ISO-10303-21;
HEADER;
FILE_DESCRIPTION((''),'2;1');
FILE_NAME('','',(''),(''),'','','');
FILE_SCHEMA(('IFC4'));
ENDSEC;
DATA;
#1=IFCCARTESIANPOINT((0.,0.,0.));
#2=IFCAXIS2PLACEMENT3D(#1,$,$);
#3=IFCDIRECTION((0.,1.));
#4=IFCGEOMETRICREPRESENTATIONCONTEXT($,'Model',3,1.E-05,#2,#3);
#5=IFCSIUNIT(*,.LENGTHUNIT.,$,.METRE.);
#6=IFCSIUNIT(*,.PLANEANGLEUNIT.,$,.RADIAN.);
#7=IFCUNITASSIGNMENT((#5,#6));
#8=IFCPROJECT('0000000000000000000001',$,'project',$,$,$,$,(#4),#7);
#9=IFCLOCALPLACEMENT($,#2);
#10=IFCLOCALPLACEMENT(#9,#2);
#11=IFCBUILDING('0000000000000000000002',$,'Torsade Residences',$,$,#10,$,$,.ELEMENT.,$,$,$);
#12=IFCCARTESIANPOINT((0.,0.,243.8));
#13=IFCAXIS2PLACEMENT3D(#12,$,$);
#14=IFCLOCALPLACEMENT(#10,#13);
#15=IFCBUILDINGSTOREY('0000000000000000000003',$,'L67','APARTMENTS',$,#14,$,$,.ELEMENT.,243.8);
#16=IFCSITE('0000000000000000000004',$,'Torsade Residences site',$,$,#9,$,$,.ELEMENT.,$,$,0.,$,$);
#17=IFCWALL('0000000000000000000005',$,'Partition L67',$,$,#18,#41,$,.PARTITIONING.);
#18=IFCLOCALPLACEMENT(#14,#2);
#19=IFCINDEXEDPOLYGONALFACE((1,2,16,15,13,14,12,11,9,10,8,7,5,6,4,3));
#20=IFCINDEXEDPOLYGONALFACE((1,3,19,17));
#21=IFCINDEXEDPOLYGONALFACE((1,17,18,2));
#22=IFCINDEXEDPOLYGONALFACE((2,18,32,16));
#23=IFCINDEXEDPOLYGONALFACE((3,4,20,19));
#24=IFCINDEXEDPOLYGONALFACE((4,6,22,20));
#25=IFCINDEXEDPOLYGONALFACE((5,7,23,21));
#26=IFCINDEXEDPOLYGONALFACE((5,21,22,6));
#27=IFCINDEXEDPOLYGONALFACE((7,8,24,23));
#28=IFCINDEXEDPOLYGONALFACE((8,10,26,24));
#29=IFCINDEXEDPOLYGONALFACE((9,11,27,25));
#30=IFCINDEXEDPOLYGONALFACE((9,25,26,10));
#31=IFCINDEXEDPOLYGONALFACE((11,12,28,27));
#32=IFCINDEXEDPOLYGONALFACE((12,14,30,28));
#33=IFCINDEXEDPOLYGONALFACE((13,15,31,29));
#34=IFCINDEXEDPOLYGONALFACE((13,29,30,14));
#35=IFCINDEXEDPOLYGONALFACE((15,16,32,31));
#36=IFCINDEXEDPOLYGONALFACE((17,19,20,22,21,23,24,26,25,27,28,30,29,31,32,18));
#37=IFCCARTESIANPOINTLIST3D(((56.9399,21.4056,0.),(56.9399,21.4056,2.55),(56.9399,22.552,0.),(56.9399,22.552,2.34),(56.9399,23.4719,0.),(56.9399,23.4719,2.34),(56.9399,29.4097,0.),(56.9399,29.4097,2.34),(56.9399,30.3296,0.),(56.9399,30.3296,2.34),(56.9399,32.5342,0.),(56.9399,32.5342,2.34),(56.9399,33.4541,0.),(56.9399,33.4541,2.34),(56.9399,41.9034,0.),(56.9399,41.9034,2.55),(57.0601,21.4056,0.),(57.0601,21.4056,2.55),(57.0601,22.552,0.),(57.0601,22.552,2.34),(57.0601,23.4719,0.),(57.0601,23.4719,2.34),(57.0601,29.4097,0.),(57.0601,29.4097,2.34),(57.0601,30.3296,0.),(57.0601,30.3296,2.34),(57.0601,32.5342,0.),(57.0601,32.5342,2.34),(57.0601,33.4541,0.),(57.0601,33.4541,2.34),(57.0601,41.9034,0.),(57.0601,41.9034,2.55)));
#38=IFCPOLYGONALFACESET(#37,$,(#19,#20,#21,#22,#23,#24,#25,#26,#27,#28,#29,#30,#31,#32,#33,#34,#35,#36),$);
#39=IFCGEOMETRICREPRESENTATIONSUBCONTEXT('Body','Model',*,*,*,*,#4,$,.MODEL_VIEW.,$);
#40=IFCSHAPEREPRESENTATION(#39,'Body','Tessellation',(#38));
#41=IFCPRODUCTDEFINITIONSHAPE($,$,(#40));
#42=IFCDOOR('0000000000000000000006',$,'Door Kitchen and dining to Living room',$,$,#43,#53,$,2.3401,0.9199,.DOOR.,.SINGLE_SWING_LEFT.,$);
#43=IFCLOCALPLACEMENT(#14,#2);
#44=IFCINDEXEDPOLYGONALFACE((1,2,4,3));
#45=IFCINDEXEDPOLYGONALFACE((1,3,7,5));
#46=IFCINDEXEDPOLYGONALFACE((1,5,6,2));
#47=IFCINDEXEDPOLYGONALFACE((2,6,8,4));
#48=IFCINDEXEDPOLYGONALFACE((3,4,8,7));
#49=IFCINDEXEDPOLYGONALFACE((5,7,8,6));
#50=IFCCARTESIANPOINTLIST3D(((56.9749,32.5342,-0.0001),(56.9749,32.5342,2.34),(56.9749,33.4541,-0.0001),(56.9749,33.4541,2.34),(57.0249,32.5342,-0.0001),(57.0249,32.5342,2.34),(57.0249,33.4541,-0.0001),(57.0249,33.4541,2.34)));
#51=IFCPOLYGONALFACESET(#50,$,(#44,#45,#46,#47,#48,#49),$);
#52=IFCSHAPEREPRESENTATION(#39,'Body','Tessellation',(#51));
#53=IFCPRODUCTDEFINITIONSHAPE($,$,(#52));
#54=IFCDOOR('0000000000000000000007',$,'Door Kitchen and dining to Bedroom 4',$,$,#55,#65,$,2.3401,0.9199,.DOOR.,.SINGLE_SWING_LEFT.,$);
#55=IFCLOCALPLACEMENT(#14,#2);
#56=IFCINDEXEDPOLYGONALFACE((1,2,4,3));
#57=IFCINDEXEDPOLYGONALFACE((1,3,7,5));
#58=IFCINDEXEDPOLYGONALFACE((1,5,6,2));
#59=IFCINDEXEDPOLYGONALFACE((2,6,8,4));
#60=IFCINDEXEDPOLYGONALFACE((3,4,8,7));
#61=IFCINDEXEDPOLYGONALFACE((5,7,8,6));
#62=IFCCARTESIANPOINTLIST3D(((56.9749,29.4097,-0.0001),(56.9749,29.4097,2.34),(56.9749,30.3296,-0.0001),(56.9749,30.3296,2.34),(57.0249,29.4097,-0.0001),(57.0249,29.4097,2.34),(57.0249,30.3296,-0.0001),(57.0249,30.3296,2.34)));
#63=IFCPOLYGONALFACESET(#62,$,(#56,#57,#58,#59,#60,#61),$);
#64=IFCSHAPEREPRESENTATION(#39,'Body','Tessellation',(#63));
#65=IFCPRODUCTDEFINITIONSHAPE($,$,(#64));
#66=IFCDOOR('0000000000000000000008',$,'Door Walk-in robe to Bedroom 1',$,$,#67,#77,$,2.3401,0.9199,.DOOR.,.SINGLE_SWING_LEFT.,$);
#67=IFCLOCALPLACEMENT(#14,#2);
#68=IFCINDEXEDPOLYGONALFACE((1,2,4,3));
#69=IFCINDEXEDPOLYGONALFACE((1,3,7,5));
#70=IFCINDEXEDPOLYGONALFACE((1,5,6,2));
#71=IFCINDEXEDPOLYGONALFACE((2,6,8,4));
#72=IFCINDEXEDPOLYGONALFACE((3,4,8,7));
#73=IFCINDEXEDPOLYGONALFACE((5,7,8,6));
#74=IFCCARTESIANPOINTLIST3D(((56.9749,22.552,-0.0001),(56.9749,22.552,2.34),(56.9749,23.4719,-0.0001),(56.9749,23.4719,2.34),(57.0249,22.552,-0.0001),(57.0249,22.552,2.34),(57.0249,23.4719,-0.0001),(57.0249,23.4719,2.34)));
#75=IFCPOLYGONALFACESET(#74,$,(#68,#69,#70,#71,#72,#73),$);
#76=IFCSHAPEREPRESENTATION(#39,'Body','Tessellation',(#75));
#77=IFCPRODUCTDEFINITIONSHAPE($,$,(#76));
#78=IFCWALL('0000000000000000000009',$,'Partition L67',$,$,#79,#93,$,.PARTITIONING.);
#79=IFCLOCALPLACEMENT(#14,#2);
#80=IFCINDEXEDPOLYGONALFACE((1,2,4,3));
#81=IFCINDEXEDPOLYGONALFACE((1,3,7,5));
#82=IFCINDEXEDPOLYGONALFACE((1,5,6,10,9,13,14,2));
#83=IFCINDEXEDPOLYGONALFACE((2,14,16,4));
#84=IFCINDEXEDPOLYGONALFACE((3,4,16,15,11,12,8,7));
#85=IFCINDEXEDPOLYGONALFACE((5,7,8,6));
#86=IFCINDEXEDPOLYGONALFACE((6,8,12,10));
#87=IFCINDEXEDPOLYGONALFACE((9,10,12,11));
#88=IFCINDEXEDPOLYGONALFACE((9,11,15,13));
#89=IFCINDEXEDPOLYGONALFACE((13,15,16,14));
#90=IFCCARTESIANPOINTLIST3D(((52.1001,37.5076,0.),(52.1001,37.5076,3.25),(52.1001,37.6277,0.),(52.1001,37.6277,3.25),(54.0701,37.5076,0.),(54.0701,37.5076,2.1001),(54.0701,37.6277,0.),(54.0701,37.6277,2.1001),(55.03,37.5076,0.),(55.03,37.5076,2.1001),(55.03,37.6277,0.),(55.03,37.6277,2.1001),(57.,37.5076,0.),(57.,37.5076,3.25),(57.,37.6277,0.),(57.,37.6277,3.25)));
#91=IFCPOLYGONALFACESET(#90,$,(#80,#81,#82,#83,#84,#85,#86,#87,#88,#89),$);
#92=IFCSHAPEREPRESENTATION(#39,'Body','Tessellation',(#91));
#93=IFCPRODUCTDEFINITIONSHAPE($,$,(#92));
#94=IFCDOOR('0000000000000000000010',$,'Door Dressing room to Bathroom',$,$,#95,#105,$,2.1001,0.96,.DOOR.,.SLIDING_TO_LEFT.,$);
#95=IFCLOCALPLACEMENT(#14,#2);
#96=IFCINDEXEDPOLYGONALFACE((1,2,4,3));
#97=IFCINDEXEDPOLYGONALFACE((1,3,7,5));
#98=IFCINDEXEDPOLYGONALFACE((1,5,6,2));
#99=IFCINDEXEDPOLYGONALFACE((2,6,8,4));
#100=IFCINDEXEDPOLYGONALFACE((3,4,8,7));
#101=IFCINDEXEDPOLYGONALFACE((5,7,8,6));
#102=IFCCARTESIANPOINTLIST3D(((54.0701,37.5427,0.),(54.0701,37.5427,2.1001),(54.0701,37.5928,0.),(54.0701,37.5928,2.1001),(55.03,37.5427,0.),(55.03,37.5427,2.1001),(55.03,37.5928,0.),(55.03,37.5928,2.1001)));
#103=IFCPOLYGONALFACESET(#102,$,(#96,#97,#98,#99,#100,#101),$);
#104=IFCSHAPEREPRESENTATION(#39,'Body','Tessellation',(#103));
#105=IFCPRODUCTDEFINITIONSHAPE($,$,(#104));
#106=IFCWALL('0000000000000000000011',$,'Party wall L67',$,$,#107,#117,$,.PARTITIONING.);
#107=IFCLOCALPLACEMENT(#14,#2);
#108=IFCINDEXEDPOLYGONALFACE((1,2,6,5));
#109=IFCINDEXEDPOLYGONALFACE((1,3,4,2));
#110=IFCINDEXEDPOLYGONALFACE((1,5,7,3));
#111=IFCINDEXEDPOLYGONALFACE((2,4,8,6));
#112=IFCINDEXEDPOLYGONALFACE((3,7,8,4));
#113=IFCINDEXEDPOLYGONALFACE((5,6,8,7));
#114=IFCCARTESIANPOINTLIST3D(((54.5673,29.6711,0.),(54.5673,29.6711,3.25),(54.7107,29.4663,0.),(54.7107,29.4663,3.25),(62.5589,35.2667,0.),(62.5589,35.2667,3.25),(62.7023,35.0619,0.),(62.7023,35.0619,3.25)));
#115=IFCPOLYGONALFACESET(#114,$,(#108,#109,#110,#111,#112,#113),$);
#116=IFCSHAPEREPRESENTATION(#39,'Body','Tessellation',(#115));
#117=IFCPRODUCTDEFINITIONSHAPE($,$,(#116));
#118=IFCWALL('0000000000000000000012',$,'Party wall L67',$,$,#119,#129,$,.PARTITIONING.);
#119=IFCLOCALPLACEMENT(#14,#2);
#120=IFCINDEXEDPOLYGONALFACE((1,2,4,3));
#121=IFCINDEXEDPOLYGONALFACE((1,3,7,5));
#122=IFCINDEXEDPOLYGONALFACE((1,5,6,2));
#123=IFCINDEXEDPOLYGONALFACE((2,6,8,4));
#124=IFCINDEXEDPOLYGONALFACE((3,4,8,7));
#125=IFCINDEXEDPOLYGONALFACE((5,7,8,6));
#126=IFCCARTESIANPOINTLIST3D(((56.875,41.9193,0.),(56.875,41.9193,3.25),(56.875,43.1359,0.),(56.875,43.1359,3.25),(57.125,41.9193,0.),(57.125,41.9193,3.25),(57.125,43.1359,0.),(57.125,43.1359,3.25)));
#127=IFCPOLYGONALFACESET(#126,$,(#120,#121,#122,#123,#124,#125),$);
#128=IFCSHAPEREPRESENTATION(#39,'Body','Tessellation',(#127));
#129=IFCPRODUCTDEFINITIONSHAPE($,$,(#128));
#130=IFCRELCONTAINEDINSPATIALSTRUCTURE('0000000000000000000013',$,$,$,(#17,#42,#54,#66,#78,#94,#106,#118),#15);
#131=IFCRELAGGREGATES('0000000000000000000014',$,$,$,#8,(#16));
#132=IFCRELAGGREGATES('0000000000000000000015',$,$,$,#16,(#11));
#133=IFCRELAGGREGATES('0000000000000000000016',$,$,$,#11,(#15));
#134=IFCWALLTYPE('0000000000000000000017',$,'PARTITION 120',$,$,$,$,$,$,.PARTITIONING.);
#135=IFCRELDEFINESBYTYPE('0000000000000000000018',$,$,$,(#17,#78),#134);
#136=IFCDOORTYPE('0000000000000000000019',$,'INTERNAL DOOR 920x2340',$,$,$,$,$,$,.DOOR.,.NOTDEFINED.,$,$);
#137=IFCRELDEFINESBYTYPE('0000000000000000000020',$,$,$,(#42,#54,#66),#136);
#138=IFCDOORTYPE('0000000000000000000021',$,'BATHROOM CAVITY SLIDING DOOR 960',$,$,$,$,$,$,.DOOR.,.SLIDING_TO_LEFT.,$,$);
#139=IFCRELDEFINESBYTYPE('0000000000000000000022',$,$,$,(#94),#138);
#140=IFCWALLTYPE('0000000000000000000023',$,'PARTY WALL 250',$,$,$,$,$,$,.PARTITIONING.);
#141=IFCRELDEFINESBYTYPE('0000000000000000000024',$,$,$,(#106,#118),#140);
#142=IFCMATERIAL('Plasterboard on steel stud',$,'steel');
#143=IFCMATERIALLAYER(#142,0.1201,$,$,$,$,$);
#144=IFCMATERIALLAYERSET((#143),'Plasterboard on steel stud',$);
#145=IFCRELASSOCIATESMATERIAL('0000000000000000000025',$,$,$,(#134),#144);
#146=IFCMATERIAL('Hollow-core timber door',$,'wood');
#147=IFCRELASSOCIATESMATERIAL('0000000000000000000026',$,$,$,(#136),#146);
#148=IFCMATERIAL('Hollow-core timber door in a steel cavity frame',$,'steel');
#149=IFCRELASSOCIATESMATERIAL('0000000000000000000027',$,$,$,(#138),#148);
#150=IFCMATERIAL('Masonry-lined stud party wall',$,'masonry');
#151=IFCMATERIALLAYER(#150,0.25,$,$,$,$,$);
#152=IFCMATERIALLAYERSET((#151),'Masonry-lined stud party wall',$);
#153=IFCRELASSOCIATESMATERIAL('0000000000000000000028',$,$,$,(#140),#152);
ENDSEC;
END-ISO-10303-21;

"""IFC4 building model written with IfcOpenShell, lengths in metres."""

from ifc_helpers import new_model, si_unit, direction, frame, frame_2d, origin, place, context, subcontext, project, spatial, rectangle, extrude, material, layer, layer_set, type_object, element, fill, save


model = new_model("IFC4")

# Units and contexts
model_context = context("Model", 3, precision=1e-05, world=origin(), true_north=direction((0.0, 1.0)))
body_context = subcontext(model_context, "Body", "Model", "MODEL_VIEW")
ifc_project = project(units=[si_unit("LENGTHUNIT", "METRE"), si_unit("PLANEANGLEUNIT", "RADIAN")], contexts=[model_context])

# Site, building, storey
site_placement = place(None, origin())
site = spatial("IfcSite", under=ifc_project, at=site_placement, Name="Torsade Residences site", CompositionType="ELEMENT", RefElevation=0.0)
building_placement = place(site_placement, origin())
building = spatial("IfcBuilding", under=site, at=building_placement, Name="Torsade Residences", CompositionType="ELEMENT")
storey_placement = place(building_placement, frame((0.0, 0.0, 243.8)))
storey = spatial("IfcBuildingStorey", under=building, at=storey_placement, Name="L67", Description="APARTMENTS", CompositionType="ELEMENT", Elevation=243.8)

# Wall, openings, doors
ifc_material_1 = material(Name="Plasterboard on steel stud", Category="steel")
ifc_layer_1 = layer(ifc_material_1, 0.1201)
ifc_layer_set_1 = layer_set([ifc_layer_1], Name="Plasterboard on steel stud")
wall_type_1 = type_object("IfcWallType", Name="PARTITION 120", PredefinedType="PARTITIONING", material=ifc_layer_set_1)
wall_1_placement = place(storey_placement, frame((57.0, 41.9036, 0.0), z_axis=(0.0, 0.0, 1.0), x_axis=(0.0, -1.0, 0.0)))
wall_1 = element("IfcWall", 1, at=wall_1_placement, inside=storey, type_object=wall_type_1, Name="Partition L67", PredefinedType="PARTITIONING", context=body_context, shape_type="SweptSolid", body=[
    extrude(rectangle(XDim=20.4978, YDim=0.1201, at=frame_2d((10.249, 0.0))), origin(), (0.0, 0.0, 1.0), 2.55),
])
opening_1_placement = place(wall_1_placement, frame((8.4495, 0.0, 0.0)))
opening_1 = element("IfcOpeningElement", 2, at=opening_1_placement, cuts=wall_1, PredefinedType="OPENING", context=body_context, shape_type="SweptSolid", body=[
    extrude(rectangle(XDim=0.9199, YDim=2.3401, at=frame_2d((0.46, 1.1699))), frame((0.0, 0.0701, 0.0), z_axis=(0.0, -1.0, 0.0), x_axis=(1.0, 0.0, 0.0)), (0.0, 0.0, 1.0), 0.1401),
])
opening_2_placement = place(wall_1_placement, frame((11.574, 0.0, 0.0)))
opening_2 = element("IfcOpeningElement", 3, at=opening_2_placement, cuts=wall_1, PredefinedType="OPENING", context=body_context, shape_type="SweptSolid", body=[
    extrude(rectangle(XDim=0.9199, YDim=2.3401, at=frame_2d((0.46, 1.1699))), frame((0.0, 0.0701, 0.0), z_axis=(0.0, -1.0, 0.0), x_axis=(1.0, 0.0, 0.0)), (0.0, 0.0, 1.0), 0.1401),
])
opening_3_placement = place(wall_1_placement, frame((18.4316, 0.0, 0.0)))
opening_3 = element("IfcOpeningElement", 4, at=opening_3_placement, cuts=wall_1, PredefinedType="OPENING", context=body_context, shape_type="SweptSolid", body=[
    extrude(rectangle(XDim=0.9199, YDim=2.3401, at=frame_2d((0.46, 1.1699))), frame((0.0, 0.0701, 0.0), z_axis=(0.0, -1.0, 0.0), x_axis=(1.0, 0.0, 0.0)), (0.0, 0.0, 1.0), 0.1401),
])
ifc_material_2 = material(Name="Hollow-core timber door", Category="wood")
door_type_1 = type_object("IfcDoorType", Name="INTERNAL DOOR 920x2340", OperationType="NOTDEFINED", PredefinedType="DOOR", material=ifc_material_2)
door_1_placement = place(opening_1_placement, origin())
door_1 = element("IfcDoor", 5, at=door_1_placement, inside=storey, type_object=door_type_1, Name="Door Kitchen and dining to Living room", OperationType="SINGLE_SWING_LEFT", OverallHeight=2.3401, OverallWidth=0.9199, PredefinedType="DOOR", context=body_context, shape_type="SweptSolid", body=[
    extrude(rectangle(XDim=0.9199, YDim=2.3401, at=frame_2d((0.46, 1.1699))), frame((0.0, 0.0249, 0.0), z_axis=(0.0, -1.0, 0.0), x_axis=(1.0, 0.0, 0.0)), (0.0, 0.0, 1.0), 0.05),
])
fill(opening_1, door_1)
door_2_placement = place(opening_2_placement, origin())
door_2 = element("IfcDoor", 6, at=door_2_placement, inside=storey, type_object=door_type_1, Name="Door Kitchen and dining to Bedroom 4", OperationType="SINGLE_SWING_LEFT", OverallHeight=2.3401, OverallWidth=0.9199, PredefinedType="DOOR", context=body_context, shape_type="SweptSolid", body=[
    extrude(rectangle(XDim=0.9199, YDim=2.3401, at=frame_2d((0.46, 1.1699))), frame((0.0, 0.0249, 0.0), z_axis=(0.0, -1.0, 0.0), x_axis=(1.0, 0.0, 0.0)), (0.0, 0.0, 1.0), 0.05),
])
fill(opening_2, door_2)
door_3_placement = place(opening_3_placement, origin())
door_3 = element("IfcDoor", 7, at=door_3_placement, inside=storey, type_object=door_type_1, Name="Door Walk-in robe to Bedroom 1", OperationType="SINGLE_SWING_LEFT", OverallHeight=2.3401, OverallWidth=0.9199, PredefinedType="DOOR", context=body_context, shape_type="SweptSolid", body=[
    extrude(rectangle(XDim=0.9199, YDim=2.3401, at=frame_2d((0.46, 1.1699))), frame((0.0, 0.0249, 0.0), z_axis=(0.0, -1.0, 0.0), x_axis=(1.0, 0.0, 0.0)), (0.0, 0.0, 1.0), 0.05),
])
fill(opening_3, door_3)

# Wall, opening, door
wall_2_placement = place(storey_placement, frame((57.0, 37.5676, 0.0), z_axis=(0.0, 0.0, 1.0), x_axis=(-1.0, 0.0, 0.0)))
wall_2 = element("IfcWall", 8, at=wall_2_placement, inside=storey, type_object=wall_type_1, Name="Partition L67", PredefinedType="PARTITIONING", context=body_context, shape_type="SweptSolid", body=[
    extrude(rectangle(XDim=4.8999, YDim=0.1201, at=frame_2d((2.45, 0.0))), origin(), (0.0, 0.0, 1.0), 3.25),
])
opening_4_placement = place(wall_2_placement, frame((1.97, 0.0, 0.0)))
opening_4 = element("IfcOpeningElement", 9, at=opening_4_placement, cuts=wall_2, PredefinedType="OPENING", context=body_context, shape_type="SweptSolid", body=[
    extrude(rectangle(XDim=0.96, YDim=2.1001, at=frame_2d((0.48, 1.05))), frame((0.0, 0.0701, 0.0), z_axis=(0.0, -1.0, 0.0), x_axis=(1.0, 0.0, 0.0)), (0.0, 0.0, 1.0), 0.1401),
])
ifc_material_3 = material(Name="Hollow-core timber door in a steel cavity frame", Category="steel")
door_type_2 = type_object("IfcDoorType", Name="BATHROOM CAVITY SLIDING DOOR 960", OperationType="SLIDING_TO_LEFT", PredefinedType="DOOR", material=ifc_material_3)
door_4_placement = place(opening_4_placement, origin())
door_4 = element("IfcDoor", 10, at=door_4_placement, inside=storey, type_object=door_type_2, Name="Door Dressing room to Bathroom", OperationType="SLIDING_TO_LEFT", OverallHeight=2.1001, OverallWidth=0.96, PredefinedType="DOOR", context=body_context, shape_type="SweptSolid", body=[
    extrude(rectangle(XDim=0.96, YDim=2.1001, at=frame_2d((0.48, 1.05))), frame((0.0, 0.0249, 0.0), z_axis=(0.0, -1.0, 0.0), x_axis=(1.0, 0.0, 0.0)), (0.0, 0.0, 1.0), 0.05),
])
fill(opening_4, door_4)

# Walls
ifc_material_4 = material(Name="Masonry-lined stud party wall", Category="masonry")
ifc_layer_2 = layer(ifc_material_4, 0.25)
ifc_layer_set_2 = layer_set([ifc_layer_2], Name="Masonry-lined stud party wall")
wall_type_2 = type_object("IfcWallType", Name="PARTY WALL 250", PredefinedType="PARTITIONING", material=ifc_layer_set_2)
wall_3_placement = place(storey_placement, frame((62.6306, 35.1643, 0.0), z_axis=(0.0, 0.0, 1.0), x_axis=(-0.819159, -0.573566, 0.0)))
element("IfcWall", 11, at=wall_3_placement, inside=storey, type_object=wall_type_2, Name="Party wall L67", PredefinedType="PARTITIONING", context=body_context, shape_type="SweptSolid", body=[
    extrude(rectangle(XDim=9.7559, YDim=0.25, at=frame_2d((4.8779, 0.0))), origin(), (0.0, 0.0, 1.0), 3.25),
])
wall_4_placement = place(storey_placement, frame((57.0, 41.9192, 0.0), z_axis=(0.0, 0.0, 1.0), x_axis=(0.0, 1.0, 0.0)))
element("IfcWall", 12, at=wall_4_placement, inside=storey, type_object=wall_type_2, Name="Party wall L67", PredefinedType="PARTITIONING", context=body_context, shape_type="SweptSolid", body=[
    extrude(rectangle(XDim=1.2166, YDim=0.25, at=frame_2d((0.6084, 0.0))), origin(), (0.0, 0.0, 1.0), 3.25),
])

save(model, "model.ifc")
